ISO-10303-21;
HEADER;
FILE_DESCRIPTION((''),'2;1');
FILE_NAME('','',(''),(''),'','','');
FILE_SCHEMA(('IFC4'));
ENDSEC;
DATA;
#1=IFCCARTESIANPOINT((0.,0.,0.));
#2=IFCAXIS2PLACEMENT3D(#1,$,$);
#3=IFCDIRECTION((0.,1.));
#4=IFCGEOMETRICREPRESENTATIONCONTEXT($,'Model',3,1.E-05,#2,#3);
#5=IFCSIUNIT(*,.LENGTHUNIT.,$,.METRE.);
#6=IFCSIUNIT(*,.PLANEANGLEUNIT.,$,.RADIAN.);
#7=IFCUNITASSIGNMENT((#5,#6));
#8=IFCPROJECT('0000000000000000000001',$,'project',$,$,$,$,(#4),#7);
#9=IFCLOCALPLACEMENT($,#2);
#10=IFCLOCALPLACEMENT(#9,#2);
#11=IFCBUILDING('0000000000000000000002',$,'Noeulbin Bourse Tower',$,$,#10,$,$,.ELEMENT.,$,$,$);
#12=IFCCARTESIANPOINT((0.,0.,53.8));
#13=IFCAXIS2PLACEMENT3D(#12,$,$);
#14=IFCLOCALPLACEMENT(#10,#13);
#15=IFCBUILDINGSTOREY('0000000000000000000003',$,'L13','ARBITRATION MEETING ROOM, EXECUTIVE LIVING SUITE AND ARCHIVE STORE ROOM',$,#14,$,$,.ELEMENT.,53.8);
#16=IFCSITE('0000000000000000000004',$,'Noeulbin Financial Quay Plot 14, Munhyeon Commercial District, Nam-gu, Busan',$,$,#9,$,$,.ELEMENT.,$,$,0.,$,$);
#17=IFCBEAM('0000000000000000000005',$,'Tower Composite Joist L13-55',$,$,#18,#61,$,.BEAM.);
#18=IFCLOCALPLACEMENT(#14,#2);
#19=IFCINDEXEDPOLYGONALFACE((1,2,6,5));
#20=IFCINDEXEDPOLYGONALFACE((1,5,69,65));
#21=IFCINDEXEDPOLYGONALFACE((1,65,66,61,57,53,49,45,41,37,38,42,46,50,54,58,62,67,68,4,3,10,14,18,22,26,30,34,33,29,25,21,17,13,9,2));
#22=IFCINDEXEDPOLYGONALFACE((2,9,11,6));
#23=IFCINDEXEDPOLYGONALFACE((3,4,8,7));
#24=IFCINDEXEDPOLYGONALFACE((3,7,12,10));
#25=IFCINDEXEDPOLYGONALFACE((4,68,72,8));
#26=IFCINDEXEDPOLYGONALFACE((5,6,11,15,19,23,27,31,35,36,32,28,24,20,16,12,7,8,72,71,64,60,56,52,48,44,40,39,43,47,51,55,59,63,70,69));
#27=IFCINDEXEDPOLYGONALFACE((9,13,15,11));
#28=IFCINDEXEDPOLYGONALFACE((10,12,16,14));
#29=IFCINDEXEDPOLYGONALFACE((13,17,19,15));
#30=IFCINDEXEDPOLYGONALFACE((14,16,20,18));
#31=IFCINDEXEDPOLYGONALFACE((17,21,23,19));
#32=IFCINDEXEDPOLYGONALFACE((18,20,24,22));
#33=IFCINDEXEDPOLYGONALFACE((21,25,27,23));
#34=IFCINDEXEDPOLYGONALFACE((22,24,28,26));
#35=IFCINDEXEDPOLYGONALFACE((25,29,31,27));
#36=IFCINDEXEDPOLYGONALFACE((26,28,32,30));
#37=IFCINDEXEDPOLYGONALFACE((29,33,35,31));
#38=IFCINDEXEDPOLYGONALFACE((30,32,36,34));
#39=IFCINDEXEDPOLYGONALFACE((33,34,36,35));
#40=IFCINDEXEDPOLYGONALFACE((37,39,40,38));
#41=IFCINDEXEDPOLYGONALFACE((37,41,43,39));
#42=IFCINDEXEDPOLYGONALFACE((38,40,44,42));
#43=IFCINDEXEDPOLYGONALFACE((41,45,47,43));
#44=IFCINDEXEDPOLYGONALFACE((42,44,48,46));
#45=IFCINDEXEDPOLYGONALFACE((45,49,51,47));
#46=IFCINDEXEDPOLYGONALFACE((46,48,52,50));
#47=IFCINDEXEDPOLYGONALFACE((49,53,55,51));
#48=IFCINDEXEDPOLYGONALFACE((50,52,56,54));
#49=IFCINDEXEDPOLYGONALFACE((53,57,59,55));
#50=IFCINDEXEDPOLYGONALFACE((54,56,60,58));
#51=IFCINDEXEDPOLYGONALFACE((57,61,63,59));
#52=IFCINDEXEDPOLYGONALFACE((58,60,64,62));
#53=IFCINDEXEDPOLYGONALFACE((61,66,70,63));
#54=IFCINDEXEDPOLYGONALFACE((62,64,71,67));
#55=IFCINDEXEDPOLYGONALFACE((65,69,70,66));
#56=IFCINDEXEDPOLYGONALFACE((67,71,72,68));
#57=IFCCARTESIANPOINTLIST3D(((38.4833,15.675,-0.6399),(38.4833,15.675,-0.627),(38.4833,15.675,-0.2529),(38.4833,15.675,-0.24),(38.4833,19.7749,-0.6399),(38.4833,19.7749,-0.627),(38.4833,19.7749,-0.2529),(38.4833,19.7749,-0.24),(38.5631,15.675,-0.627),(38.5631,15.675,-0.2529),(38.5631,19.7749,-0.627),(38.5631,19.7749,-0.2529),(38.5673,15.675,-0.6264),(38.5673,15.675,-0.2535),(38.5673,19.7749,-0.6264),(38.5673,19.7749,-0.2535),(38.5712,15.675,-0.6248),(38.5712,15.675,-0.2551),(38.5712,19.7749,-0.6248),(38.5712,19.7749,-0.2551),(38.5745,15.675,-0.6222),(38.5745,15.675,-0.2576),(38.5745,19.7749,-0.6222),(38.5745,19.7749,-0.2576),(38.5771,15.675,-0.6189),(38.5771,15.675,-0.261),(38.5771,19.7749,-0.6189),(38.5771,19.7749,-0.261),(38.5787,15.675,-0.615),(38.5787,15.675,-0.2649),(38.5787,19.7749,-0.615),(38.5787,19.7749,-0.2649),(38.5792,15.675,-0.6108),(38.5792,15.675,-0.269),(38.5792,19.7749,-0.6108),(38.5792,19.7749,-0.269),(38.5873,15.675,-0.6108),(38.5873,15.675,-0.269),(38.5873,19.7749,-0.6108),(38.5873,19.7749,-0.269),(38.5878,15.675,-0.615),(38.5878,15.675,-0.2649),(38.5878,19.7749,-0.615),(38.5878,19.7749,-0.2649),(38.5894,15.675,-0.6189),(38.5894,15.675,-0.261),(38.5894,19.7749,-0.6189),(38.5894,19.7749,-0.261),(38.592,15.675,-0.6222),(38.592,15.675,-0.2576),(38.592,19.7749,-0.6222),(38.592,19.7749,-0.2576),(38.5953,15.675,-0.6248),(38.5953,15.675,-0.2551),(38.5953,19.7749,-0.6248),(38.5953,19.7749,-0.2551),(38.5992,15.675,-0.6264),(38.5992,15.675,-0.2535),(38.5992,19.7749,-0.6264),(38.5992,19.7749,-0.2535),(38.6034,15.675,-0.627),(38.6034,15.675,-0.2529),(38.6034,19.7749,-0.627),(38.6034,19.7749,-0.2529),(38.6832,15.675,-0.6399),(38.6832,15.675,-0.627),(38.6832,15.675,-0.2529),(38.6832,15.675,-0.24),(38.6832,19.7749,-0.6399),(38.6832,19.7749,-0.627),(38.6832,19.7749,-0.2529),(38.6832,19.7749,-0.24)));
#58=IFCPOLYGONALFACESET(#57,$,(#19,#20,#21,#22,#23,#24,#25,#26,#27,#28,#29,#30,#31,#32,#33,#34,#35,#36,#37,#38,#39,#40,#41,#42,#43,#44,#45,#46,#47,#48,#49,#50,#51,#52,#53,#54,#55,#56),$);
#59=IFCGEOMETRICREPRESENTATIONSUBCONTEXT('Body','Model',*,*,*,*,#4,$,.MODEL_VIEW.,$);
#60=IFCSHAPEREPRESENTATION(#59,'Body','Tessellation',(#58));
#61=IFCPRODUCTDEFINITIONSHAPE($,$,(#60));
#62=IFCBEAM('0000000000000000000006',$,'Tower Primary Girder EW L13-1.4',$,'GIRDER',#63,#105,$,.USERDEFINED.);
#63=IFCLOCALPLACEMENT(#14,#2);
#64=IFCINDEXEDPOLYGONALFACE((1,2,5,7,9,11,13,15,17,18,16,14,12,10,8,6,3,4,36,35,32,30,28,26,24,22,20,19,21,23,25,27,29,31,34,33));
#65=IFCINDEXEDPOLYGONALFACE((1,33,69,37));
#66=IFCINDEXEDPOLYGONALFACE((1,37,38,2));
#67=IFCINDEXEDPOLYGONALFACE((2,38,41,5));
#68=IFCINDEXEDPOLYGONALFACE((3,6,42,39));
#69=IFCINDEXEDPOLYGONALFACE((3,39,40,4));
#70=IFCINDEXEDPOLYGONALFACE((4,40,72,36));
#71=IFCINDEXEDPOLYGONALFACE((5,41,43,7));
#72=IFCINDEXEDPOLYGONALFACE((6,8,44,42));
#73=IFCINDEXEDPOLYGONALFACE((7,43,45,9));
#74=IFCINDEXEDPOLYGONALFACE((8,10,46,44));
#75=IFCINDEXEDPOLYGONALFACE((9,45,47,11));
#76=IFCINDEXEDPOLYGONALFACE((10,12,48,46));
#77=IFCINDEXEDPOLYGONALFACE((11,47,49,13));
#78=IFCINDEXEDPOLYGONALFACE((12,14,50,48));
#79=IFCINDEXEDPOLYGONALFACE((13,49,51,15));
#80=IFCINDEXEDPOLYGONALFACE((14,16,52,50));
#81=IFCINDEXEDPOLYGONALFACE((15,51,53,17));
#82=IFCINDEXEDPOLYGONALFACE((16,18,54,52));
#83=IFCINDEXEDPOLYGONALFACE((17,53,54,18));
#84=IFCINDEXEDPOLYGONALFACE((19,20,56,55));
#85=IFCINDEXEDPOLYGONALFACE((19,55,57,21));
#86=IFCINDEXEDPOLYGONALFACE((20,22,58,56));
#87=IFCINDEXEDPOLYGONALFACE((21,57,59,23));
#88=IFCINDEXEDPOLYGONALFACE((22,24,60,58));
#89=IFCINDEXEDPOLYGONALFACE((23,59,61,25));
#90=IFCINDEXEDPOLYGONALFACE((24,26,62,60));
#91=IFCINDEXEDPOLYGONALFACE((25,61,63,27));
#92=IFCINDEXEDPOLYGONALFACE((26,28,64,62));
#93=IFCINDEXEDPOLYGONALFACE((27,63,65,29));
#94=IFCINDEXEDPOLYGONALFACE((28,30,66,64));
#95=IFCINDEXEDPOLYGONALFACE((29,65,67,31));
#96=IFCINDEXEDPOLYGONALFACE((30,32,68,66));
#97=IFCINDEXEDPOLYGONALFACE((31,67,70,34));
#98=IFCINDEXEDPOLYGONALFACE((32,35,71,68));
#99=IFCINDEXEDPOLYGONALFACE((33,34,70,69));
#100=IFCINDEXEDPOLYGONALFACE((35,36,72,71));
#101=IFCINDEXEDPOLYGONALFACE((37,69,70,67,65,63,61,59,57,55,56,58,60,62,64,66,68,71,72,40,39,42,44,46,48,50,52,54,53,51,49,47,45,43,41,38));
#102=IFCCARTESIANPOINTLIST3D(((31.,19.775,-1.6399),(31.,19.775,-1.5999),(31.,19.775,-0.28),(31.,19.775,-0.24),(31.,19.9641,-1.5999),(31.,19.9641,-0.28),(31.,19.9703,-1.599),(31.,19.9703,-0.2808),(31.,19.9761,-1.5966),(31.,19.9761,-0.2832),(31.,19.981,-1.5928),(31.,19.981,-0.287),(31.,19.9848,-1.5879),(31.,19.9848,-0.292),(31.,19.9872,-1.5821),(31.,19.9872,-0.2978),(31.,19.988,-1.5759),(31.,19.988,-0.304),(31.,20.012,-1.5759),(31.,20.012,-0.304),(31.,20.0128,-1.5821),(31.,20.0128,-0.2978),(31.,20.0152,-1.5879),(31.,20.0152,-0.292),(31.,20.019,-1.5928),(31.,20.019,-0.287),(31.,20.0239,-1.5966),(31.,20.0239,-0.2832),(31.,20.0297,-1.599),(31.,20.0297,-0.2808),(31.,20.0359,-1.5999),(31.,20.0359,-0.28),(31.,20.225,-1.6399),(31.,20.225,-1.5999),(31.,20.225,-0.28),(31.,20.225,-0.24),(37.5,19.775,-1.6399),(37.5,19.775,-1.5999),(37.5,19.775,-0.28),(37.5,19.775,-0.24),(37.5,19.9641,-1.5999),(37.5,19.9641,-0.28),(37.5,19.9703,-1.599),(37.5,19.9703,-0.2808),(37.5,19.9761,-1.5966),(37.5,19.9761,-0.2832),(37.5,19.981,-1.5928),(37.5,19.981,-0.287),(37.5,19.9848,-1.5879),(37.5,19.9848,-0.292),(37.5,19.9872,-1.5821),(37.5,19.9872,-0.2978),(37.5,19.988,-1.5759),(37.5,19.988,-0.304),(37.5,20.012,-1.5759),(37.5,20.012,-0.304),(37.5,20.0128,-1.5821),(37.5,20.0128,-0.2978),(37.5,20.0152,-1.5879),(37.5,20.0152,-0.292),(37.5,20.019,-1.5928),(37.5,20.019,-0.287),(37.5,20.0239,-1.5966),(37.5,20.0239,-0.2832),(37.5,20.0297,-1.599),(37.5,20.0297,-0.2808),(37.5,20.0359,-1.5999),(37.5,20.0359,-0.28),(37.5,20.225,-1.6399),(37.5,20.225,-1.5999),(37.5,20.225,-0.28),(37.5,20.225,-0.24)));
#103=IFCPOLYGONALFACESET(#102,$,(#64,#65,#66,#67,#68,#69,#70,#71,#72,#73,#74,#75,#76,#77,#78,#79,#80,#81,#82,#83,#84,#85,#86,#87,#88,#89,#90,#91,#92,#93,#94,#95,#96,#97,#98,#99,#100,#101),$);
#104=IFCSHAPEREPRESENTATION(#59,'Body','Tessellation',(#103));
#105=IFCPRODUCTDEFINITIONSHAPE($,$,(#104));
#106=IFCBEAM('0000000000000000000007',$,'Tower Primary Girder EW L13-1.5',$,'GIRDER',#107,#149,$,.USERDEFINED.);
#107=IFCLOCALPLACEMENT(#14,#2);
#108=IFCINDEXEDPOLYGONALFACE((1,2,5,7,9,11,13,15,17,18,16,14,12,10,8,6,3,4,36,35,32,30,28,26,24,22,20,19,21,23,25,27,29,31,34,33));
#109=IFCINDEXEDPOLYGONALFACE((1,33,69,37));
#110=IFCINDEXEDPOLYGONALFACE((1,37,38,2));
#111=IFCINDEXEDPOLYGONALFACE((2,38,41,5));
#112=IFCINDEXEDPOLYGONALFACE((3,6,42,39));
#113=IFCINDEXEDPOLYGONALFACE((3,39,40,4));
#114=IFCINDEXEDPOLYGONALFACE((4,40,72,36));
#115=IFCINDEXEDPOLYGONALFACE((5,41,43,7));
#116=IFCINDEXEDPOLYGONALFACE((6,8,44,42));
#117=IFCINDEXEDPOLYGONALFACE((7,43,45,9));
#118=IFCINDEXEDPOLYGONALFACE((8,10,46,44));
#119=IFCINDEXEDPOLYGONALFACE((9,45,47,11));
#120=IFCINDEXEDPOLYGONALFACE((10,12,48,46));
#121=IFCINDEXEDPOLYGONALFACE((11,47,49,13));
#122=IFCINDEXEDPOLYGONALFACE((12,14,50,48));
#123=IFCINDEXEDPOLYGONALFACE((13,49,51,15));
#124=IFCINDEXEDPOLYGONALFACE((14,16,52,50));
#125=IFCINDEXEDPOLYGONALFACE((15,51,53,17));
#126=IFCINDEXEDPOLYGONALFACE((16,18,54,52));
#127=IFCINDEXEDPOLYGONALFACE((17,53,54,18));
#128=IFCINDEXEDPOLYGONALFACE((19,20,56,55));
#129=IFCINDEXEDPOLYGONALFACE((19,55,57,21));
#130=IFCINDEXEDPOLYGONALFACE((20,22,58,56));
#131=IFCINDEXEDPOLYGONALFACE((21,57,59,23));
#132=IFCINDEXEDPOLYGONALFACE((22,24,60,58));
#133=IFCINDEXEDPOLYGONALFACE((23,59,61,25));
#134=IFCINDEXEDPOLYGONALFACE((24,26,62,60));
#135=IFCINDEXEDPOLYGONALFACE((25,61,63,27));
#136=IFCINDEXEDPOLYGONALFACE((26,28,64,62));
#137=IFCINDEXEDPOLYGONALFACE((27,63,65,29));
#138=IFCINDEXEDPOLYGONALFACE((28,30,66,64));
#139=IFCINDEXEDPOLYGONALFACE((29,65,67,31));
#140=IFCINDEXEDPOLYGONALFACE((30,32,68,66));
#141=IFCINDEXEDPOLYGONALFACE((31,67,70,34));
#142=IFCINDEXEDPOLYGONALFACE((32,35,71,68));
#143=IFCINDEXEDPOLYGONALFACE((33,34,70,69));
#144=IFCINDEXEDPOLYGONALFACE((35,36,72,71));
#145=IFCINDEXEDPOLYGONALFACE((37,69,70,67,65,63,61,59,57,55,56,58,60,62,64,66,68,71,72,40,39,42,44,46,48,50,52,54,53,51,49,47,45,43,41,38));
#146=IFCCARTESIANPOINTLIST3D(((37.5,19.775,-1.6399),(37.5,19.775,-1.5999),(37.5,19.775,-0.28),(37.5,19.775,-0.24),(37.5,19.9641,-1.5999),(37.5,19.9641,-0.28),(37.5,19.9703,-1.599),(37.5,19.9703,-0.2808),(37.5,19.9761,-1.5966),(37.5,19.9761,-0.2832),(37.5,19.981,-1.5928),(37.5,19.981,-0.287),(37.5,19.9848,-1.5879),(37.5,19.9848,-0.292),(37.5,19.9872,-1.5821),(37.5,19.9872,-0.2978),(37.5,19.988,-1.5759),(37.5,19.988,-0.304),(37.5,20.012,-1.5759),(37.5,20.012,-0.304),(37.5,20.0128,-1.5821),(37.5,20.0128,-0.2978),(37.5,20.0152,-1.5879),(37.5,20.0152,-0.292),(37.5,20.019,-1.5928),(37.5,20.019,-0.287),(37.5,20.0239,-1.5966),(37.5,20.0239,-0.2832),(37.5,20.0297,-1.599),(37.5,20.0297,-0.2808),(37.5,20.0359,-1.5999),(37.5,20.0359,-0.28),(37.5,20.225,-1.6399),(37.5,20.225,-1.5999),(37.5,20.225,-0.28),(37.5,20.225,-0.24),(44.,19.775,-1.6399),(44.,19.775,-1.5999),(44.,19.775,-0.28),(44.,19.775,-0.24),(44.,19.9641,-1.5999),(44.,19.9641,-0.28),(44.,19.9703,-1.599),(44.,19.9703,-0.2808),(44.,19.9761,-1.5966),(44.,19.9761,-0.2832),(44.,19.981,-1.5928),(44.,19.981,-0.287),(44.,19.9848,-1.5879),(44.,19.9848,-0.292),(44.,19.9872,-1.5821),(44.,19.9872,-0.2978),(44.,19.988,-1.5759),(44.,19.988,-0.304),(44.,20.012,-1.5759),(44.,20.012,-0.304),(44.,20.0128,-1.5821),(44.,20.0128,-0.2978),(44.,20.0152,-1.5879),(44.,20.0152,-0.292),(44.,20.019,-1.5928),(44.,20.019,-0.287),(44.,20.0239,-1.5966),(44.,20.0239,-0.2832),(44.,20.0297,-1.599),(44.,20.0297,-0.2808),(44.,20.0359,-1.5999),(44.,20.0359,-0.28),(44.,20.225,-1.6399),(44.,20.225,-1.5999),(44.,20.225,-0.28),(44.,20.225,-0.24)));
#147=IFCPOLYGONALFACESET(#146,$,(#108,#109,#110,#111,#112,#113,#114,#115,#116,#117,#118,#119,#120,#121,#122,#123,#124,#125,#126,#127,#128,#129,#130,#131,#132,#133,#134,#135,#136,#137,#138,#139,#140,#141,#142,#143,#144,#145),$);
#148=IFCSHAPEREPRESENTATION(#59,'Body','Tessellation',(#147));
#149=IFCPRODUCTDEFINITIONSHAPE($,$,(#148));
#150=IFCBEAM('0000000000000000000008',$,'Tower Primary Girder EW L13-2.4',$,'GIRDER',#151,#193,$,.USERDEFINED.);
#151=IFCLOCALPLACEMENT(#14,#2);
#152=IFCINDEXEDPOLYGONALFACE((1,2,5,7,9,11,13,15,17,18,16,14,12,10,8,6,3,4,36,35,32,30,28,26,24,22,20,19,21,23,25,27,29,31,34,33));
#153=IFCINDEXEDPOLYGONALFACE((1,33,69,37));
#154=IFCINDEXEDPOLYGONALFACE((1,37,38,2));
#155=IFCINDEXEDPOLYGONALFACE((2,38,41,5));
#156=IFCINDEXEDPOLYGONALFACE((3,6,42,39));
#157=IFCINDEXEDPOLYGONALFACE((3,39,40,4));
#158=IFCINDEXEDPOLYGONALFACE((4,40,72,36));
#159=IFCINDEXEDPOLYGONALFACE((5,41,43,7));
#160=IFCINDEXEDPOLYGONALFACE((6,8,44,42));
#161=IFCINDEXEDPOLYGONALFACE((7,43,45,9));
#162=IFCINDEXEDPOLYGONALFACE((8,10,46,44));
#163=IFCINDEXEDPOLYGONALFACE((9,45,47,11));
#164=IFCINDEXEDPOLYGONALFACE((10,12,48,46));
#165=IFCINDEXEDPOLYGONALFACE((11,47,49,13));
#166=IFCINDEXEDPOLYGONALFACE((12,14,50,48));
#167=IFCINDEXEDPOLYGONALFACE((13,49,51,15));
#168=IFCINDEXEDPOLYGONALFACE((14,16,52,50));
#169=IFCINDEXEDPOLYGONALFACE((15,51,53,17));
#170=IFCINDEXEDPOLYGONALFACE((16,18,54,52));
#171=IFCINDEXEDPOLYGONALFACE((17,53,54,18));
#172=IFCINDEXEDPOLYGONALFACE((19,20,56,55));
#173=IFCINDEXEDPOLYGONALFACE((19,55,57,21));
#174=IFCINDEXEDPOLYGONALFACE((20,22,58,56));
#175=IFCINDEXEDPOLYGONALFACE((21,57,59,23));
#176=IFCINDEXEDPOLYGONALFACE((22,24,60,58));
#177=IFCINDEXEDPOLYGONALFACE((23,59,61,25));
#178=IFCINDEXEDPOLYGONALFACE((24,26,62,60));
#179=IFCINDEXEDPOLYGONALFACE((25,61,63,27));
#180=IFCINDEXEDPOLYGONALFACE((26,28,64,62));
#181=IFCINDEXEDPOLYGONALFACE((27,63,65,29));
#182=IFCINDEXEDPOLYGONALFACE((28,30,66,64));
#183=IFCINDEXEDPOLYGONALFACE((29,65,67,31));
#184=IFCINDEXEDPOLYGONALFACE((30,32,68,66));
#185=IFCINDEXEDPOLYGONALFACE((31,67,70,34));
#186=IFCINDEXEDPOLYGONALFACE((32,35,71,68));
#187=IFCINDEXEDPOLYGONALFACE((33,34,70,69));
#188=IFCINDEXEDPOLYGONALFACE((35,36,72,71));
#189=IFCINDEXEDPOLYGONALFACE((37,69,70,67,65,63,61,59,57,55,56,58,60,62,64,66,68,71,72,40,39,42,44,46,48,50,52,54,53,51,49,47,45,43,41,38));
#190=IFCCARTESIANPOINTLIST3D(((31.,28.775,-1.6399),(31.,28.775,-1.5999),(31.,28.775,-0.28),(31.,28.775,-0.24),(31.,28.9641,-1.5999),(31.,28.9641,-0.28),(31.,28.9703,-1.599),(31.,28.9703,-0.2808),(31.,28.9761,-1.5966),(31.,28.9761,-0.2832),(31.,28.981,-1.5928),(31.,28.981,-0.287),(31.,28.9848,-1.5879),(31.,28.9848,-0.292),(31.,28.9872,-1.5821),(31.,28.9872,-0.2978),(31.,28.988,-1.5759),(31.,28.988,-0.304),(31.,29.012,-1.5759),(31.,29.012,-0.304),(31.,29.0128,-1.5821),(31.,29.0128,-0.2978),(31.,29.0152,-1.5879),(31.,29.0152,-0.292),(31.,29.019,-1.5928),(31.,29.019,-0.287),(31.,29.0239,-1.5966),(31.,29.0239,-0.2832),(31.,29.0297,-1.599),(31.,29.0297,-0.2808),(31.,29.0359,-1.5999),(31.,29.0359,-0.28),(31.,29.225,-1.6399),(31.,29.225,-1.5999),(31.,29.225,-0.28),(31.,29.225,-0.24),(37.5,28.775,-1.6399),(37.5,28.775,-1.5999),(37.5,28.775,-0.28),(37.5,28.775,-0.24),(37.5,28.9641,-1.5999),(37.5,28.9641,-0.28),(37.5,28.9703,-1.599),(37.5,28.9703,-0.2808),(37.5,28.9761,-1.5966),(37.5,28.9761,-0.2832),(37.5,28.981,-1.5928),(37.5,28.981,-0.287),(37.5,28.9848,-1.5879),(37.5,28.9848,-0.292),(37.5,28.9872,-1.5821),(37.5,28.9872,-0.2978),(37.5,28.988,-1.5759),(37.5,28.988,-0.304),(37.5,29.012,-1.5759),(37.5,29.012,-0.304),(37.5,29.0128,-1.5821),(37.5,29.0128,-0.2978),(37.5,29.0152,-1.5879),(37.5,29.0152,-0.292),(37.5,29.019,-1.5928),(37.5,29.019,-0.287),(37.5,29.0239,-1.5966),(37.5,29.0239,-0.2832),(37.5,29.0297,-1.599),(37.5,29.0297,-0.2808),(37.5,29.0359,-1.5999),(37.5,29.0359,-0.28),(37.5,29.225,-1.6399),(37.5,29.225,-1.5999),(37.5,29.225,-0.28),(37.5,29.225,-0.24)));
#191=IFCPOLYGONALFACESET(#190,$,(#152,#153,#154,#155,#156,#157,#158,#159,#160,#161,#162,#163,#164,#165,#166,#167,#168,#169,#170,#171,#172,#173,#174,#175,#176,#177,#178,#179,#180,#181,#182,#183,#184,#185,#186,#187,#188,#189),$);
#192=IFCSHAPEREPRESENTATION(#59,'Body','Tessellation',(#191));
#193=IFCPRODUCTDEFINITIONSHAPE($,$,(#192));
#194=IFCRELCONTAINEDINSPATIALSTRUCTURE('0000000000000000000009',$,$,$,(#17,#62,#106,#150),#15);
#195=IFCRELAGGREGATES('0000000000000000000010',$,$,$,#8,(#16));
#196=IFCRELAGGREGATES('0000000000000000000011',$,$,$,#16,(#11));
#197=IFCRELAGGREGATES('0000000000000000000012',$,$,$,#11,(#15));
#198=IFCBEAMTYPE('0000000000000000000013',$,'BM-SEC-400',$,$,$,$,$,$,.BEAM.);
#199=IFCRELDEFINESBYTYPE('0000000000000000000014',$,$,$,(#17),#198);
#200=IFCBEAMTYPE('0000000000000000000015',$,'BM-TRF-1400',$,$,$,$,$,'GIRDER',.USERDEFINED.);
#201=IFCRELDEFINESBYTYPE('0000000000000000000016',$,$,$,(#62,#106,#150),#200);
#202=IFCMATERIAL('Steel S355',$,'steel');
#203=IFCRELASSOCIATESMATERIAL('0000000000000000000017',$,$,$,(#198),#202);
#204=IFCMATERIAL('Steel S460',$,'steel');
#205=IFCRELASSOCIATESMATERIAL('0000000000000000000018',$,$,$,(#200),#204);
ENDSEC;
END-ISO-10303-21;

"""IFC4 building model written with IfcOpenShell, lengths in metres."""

from ifc_helpers import new_model, si_unit, direction, frame, origin, origin_2d, place, context, subcontext, project, spatial, i_section, extrude, material, material_profile, profile_set, type_object, element, save


model = new_model("IFC4")

# Units and contexts
model_context = context("Model", 3, precision=1e-05, world=origin(), true_north=direction((0.0, 1.0)))
body_context = subcontext(model_context, "Body", "Model", "MODEL_VIEW")
ifc_project = project(units=[si_unit("LENGTHUNIT", "METRE"), si_unit("PLANEANGLEUNIT", "RADIAN")], contexts=[model_context])

# Site, building, storey
site_placement = place(None, origin())
site = spatial("IfcSite", under=ifc_project, at=site_placement, Name="Noeulbin Financial Quay Plot 14, Munhyeon Commercial District, Nam-gu, Busan", CompositionType="ELEMENT", RefElevation=0.0)
building_placement = place(site_placement, origin())
building = spatial("IfcBuilding", under=site, at=building_placement, Name="Noeulbin Bourse Tower", CompositionType="ELEMENT")
storey_placement = place(building_placement, frame((0.0, 0.0, 53.8)))
storey = spatial("IfcBuildingStorey", under=building, at=storey_placement, Name="L13", Description="ARBITRATION MEETING ROOM, EXECUTIVE LIVING SUITE AND ARCHIVE STORE ROOM", CompositionType="ELEMENT", Elevation=53.8)

# Shared definitions
ifc_material_1 = material(Name="Steel S460", Category="steel")

# Beams
ifc_material_2 = material(Name="Steel S355", Category="steel")
ifc_material_profile_1 = material_profile(ifc_material_2, i_section(OverallWidth=0.2, OverallDepth=0.3999, WebThickness=0.0081, FlangeThickness=0.0129, FilletRadius=0.0161, at=origin_2d()), Name="H-400x200x8x13", Category="LoadBearing")
ifc_profile_set_1 = profile_set([ifc_material_profile_1], Name="Steel S355")
beam_type_1 = type_object("IfcBeamType", Name="BM-SEC-400", PredefinedType="BEAM", material=ifc_profile_set_1)
beam_1_placement = place(storey_placement, frame((38.5833, 15.675, -0.4399), z_axis=(0.0, 1.0, 0.0), x_axis=(-1.0, 0.0, 0.0)))
element("IfcBeam", 1, at=beam_1_placement, inside=storey, type_object=beam_type_1, Name="Tower Composite Joist L13-55", PredefinedType="BEAM", context=body_context, shape_type="SweptSolid", body=[
    extrude(i_section(OverallWidth=0.2, OverallDepth=0.3999, WebThickness=0.0081, FlangeThickness=0.0129, FilletRadius=0.0161, at=origin_2d()), origin(), (0.0, 0.0, 1.0), 4.0999),
])
ifc_material_profile_2 = material_profile(ifc_material_1, i_section(OverallWidth=0.45, OverallDepth=1.3999, WebThickness=0.0239, FlangeThickness=0.04, FilletRadius=0.0239, at=origin_2d()), Name="PG-1400x450x24x40", Category="LoadBearing")
ifc_profile_set_2 = profile_set([ifc_material_profile_2], Name="Steel S460")
beam_type_2 = type_object("IfcBeamType", Name="BM-TRF-1400", ElementType="GIRDER", PredefinedType="USERDEFINED", material=ifc_profile_set_2)
for number, where, z_axis, x_axis, name in (
    (2, (31.0, 20.0, -0.9399), (1.0, 0.0, 0.0), (0.0, 1.0, 0.0), "Tower Primary Girder EW L13-1.4"),
    (3, (37.5, 20.0, -0.9399), (1.0, 0.0, 0.0), (0.0, 1.0, 0.0), "Tower Primary Girder EW L13-1.5"),
    (4, (31.0, 29.0, -0.9399), (1.0, 0.0, 0.0), (0.0, 1.0, 0.0), "Tower Primary Girder EW L13-2.4"),
):
    element("IfcBeam", number, at=place(storey_placement, frame(where, z_axis=z_axis, x_axis=x_axis)), inside=storey, type_object=beam_type_2, Name=name, ObjectType="GIRDER", PredefinedType="USERDEFINED", context=body_context, shape_type="SweptSolid", body=[
        extrude(i_section(OverallWidth=0.45, OverallDepth=1.3999, WebThickness=0.0239, FlangeThickness=0.04, FilletRadius=0.0239, at=origin_2d()), origin(), (0.0, 0.0, 1.0), 6.5),
    ])

save(model, "model.ifc")
